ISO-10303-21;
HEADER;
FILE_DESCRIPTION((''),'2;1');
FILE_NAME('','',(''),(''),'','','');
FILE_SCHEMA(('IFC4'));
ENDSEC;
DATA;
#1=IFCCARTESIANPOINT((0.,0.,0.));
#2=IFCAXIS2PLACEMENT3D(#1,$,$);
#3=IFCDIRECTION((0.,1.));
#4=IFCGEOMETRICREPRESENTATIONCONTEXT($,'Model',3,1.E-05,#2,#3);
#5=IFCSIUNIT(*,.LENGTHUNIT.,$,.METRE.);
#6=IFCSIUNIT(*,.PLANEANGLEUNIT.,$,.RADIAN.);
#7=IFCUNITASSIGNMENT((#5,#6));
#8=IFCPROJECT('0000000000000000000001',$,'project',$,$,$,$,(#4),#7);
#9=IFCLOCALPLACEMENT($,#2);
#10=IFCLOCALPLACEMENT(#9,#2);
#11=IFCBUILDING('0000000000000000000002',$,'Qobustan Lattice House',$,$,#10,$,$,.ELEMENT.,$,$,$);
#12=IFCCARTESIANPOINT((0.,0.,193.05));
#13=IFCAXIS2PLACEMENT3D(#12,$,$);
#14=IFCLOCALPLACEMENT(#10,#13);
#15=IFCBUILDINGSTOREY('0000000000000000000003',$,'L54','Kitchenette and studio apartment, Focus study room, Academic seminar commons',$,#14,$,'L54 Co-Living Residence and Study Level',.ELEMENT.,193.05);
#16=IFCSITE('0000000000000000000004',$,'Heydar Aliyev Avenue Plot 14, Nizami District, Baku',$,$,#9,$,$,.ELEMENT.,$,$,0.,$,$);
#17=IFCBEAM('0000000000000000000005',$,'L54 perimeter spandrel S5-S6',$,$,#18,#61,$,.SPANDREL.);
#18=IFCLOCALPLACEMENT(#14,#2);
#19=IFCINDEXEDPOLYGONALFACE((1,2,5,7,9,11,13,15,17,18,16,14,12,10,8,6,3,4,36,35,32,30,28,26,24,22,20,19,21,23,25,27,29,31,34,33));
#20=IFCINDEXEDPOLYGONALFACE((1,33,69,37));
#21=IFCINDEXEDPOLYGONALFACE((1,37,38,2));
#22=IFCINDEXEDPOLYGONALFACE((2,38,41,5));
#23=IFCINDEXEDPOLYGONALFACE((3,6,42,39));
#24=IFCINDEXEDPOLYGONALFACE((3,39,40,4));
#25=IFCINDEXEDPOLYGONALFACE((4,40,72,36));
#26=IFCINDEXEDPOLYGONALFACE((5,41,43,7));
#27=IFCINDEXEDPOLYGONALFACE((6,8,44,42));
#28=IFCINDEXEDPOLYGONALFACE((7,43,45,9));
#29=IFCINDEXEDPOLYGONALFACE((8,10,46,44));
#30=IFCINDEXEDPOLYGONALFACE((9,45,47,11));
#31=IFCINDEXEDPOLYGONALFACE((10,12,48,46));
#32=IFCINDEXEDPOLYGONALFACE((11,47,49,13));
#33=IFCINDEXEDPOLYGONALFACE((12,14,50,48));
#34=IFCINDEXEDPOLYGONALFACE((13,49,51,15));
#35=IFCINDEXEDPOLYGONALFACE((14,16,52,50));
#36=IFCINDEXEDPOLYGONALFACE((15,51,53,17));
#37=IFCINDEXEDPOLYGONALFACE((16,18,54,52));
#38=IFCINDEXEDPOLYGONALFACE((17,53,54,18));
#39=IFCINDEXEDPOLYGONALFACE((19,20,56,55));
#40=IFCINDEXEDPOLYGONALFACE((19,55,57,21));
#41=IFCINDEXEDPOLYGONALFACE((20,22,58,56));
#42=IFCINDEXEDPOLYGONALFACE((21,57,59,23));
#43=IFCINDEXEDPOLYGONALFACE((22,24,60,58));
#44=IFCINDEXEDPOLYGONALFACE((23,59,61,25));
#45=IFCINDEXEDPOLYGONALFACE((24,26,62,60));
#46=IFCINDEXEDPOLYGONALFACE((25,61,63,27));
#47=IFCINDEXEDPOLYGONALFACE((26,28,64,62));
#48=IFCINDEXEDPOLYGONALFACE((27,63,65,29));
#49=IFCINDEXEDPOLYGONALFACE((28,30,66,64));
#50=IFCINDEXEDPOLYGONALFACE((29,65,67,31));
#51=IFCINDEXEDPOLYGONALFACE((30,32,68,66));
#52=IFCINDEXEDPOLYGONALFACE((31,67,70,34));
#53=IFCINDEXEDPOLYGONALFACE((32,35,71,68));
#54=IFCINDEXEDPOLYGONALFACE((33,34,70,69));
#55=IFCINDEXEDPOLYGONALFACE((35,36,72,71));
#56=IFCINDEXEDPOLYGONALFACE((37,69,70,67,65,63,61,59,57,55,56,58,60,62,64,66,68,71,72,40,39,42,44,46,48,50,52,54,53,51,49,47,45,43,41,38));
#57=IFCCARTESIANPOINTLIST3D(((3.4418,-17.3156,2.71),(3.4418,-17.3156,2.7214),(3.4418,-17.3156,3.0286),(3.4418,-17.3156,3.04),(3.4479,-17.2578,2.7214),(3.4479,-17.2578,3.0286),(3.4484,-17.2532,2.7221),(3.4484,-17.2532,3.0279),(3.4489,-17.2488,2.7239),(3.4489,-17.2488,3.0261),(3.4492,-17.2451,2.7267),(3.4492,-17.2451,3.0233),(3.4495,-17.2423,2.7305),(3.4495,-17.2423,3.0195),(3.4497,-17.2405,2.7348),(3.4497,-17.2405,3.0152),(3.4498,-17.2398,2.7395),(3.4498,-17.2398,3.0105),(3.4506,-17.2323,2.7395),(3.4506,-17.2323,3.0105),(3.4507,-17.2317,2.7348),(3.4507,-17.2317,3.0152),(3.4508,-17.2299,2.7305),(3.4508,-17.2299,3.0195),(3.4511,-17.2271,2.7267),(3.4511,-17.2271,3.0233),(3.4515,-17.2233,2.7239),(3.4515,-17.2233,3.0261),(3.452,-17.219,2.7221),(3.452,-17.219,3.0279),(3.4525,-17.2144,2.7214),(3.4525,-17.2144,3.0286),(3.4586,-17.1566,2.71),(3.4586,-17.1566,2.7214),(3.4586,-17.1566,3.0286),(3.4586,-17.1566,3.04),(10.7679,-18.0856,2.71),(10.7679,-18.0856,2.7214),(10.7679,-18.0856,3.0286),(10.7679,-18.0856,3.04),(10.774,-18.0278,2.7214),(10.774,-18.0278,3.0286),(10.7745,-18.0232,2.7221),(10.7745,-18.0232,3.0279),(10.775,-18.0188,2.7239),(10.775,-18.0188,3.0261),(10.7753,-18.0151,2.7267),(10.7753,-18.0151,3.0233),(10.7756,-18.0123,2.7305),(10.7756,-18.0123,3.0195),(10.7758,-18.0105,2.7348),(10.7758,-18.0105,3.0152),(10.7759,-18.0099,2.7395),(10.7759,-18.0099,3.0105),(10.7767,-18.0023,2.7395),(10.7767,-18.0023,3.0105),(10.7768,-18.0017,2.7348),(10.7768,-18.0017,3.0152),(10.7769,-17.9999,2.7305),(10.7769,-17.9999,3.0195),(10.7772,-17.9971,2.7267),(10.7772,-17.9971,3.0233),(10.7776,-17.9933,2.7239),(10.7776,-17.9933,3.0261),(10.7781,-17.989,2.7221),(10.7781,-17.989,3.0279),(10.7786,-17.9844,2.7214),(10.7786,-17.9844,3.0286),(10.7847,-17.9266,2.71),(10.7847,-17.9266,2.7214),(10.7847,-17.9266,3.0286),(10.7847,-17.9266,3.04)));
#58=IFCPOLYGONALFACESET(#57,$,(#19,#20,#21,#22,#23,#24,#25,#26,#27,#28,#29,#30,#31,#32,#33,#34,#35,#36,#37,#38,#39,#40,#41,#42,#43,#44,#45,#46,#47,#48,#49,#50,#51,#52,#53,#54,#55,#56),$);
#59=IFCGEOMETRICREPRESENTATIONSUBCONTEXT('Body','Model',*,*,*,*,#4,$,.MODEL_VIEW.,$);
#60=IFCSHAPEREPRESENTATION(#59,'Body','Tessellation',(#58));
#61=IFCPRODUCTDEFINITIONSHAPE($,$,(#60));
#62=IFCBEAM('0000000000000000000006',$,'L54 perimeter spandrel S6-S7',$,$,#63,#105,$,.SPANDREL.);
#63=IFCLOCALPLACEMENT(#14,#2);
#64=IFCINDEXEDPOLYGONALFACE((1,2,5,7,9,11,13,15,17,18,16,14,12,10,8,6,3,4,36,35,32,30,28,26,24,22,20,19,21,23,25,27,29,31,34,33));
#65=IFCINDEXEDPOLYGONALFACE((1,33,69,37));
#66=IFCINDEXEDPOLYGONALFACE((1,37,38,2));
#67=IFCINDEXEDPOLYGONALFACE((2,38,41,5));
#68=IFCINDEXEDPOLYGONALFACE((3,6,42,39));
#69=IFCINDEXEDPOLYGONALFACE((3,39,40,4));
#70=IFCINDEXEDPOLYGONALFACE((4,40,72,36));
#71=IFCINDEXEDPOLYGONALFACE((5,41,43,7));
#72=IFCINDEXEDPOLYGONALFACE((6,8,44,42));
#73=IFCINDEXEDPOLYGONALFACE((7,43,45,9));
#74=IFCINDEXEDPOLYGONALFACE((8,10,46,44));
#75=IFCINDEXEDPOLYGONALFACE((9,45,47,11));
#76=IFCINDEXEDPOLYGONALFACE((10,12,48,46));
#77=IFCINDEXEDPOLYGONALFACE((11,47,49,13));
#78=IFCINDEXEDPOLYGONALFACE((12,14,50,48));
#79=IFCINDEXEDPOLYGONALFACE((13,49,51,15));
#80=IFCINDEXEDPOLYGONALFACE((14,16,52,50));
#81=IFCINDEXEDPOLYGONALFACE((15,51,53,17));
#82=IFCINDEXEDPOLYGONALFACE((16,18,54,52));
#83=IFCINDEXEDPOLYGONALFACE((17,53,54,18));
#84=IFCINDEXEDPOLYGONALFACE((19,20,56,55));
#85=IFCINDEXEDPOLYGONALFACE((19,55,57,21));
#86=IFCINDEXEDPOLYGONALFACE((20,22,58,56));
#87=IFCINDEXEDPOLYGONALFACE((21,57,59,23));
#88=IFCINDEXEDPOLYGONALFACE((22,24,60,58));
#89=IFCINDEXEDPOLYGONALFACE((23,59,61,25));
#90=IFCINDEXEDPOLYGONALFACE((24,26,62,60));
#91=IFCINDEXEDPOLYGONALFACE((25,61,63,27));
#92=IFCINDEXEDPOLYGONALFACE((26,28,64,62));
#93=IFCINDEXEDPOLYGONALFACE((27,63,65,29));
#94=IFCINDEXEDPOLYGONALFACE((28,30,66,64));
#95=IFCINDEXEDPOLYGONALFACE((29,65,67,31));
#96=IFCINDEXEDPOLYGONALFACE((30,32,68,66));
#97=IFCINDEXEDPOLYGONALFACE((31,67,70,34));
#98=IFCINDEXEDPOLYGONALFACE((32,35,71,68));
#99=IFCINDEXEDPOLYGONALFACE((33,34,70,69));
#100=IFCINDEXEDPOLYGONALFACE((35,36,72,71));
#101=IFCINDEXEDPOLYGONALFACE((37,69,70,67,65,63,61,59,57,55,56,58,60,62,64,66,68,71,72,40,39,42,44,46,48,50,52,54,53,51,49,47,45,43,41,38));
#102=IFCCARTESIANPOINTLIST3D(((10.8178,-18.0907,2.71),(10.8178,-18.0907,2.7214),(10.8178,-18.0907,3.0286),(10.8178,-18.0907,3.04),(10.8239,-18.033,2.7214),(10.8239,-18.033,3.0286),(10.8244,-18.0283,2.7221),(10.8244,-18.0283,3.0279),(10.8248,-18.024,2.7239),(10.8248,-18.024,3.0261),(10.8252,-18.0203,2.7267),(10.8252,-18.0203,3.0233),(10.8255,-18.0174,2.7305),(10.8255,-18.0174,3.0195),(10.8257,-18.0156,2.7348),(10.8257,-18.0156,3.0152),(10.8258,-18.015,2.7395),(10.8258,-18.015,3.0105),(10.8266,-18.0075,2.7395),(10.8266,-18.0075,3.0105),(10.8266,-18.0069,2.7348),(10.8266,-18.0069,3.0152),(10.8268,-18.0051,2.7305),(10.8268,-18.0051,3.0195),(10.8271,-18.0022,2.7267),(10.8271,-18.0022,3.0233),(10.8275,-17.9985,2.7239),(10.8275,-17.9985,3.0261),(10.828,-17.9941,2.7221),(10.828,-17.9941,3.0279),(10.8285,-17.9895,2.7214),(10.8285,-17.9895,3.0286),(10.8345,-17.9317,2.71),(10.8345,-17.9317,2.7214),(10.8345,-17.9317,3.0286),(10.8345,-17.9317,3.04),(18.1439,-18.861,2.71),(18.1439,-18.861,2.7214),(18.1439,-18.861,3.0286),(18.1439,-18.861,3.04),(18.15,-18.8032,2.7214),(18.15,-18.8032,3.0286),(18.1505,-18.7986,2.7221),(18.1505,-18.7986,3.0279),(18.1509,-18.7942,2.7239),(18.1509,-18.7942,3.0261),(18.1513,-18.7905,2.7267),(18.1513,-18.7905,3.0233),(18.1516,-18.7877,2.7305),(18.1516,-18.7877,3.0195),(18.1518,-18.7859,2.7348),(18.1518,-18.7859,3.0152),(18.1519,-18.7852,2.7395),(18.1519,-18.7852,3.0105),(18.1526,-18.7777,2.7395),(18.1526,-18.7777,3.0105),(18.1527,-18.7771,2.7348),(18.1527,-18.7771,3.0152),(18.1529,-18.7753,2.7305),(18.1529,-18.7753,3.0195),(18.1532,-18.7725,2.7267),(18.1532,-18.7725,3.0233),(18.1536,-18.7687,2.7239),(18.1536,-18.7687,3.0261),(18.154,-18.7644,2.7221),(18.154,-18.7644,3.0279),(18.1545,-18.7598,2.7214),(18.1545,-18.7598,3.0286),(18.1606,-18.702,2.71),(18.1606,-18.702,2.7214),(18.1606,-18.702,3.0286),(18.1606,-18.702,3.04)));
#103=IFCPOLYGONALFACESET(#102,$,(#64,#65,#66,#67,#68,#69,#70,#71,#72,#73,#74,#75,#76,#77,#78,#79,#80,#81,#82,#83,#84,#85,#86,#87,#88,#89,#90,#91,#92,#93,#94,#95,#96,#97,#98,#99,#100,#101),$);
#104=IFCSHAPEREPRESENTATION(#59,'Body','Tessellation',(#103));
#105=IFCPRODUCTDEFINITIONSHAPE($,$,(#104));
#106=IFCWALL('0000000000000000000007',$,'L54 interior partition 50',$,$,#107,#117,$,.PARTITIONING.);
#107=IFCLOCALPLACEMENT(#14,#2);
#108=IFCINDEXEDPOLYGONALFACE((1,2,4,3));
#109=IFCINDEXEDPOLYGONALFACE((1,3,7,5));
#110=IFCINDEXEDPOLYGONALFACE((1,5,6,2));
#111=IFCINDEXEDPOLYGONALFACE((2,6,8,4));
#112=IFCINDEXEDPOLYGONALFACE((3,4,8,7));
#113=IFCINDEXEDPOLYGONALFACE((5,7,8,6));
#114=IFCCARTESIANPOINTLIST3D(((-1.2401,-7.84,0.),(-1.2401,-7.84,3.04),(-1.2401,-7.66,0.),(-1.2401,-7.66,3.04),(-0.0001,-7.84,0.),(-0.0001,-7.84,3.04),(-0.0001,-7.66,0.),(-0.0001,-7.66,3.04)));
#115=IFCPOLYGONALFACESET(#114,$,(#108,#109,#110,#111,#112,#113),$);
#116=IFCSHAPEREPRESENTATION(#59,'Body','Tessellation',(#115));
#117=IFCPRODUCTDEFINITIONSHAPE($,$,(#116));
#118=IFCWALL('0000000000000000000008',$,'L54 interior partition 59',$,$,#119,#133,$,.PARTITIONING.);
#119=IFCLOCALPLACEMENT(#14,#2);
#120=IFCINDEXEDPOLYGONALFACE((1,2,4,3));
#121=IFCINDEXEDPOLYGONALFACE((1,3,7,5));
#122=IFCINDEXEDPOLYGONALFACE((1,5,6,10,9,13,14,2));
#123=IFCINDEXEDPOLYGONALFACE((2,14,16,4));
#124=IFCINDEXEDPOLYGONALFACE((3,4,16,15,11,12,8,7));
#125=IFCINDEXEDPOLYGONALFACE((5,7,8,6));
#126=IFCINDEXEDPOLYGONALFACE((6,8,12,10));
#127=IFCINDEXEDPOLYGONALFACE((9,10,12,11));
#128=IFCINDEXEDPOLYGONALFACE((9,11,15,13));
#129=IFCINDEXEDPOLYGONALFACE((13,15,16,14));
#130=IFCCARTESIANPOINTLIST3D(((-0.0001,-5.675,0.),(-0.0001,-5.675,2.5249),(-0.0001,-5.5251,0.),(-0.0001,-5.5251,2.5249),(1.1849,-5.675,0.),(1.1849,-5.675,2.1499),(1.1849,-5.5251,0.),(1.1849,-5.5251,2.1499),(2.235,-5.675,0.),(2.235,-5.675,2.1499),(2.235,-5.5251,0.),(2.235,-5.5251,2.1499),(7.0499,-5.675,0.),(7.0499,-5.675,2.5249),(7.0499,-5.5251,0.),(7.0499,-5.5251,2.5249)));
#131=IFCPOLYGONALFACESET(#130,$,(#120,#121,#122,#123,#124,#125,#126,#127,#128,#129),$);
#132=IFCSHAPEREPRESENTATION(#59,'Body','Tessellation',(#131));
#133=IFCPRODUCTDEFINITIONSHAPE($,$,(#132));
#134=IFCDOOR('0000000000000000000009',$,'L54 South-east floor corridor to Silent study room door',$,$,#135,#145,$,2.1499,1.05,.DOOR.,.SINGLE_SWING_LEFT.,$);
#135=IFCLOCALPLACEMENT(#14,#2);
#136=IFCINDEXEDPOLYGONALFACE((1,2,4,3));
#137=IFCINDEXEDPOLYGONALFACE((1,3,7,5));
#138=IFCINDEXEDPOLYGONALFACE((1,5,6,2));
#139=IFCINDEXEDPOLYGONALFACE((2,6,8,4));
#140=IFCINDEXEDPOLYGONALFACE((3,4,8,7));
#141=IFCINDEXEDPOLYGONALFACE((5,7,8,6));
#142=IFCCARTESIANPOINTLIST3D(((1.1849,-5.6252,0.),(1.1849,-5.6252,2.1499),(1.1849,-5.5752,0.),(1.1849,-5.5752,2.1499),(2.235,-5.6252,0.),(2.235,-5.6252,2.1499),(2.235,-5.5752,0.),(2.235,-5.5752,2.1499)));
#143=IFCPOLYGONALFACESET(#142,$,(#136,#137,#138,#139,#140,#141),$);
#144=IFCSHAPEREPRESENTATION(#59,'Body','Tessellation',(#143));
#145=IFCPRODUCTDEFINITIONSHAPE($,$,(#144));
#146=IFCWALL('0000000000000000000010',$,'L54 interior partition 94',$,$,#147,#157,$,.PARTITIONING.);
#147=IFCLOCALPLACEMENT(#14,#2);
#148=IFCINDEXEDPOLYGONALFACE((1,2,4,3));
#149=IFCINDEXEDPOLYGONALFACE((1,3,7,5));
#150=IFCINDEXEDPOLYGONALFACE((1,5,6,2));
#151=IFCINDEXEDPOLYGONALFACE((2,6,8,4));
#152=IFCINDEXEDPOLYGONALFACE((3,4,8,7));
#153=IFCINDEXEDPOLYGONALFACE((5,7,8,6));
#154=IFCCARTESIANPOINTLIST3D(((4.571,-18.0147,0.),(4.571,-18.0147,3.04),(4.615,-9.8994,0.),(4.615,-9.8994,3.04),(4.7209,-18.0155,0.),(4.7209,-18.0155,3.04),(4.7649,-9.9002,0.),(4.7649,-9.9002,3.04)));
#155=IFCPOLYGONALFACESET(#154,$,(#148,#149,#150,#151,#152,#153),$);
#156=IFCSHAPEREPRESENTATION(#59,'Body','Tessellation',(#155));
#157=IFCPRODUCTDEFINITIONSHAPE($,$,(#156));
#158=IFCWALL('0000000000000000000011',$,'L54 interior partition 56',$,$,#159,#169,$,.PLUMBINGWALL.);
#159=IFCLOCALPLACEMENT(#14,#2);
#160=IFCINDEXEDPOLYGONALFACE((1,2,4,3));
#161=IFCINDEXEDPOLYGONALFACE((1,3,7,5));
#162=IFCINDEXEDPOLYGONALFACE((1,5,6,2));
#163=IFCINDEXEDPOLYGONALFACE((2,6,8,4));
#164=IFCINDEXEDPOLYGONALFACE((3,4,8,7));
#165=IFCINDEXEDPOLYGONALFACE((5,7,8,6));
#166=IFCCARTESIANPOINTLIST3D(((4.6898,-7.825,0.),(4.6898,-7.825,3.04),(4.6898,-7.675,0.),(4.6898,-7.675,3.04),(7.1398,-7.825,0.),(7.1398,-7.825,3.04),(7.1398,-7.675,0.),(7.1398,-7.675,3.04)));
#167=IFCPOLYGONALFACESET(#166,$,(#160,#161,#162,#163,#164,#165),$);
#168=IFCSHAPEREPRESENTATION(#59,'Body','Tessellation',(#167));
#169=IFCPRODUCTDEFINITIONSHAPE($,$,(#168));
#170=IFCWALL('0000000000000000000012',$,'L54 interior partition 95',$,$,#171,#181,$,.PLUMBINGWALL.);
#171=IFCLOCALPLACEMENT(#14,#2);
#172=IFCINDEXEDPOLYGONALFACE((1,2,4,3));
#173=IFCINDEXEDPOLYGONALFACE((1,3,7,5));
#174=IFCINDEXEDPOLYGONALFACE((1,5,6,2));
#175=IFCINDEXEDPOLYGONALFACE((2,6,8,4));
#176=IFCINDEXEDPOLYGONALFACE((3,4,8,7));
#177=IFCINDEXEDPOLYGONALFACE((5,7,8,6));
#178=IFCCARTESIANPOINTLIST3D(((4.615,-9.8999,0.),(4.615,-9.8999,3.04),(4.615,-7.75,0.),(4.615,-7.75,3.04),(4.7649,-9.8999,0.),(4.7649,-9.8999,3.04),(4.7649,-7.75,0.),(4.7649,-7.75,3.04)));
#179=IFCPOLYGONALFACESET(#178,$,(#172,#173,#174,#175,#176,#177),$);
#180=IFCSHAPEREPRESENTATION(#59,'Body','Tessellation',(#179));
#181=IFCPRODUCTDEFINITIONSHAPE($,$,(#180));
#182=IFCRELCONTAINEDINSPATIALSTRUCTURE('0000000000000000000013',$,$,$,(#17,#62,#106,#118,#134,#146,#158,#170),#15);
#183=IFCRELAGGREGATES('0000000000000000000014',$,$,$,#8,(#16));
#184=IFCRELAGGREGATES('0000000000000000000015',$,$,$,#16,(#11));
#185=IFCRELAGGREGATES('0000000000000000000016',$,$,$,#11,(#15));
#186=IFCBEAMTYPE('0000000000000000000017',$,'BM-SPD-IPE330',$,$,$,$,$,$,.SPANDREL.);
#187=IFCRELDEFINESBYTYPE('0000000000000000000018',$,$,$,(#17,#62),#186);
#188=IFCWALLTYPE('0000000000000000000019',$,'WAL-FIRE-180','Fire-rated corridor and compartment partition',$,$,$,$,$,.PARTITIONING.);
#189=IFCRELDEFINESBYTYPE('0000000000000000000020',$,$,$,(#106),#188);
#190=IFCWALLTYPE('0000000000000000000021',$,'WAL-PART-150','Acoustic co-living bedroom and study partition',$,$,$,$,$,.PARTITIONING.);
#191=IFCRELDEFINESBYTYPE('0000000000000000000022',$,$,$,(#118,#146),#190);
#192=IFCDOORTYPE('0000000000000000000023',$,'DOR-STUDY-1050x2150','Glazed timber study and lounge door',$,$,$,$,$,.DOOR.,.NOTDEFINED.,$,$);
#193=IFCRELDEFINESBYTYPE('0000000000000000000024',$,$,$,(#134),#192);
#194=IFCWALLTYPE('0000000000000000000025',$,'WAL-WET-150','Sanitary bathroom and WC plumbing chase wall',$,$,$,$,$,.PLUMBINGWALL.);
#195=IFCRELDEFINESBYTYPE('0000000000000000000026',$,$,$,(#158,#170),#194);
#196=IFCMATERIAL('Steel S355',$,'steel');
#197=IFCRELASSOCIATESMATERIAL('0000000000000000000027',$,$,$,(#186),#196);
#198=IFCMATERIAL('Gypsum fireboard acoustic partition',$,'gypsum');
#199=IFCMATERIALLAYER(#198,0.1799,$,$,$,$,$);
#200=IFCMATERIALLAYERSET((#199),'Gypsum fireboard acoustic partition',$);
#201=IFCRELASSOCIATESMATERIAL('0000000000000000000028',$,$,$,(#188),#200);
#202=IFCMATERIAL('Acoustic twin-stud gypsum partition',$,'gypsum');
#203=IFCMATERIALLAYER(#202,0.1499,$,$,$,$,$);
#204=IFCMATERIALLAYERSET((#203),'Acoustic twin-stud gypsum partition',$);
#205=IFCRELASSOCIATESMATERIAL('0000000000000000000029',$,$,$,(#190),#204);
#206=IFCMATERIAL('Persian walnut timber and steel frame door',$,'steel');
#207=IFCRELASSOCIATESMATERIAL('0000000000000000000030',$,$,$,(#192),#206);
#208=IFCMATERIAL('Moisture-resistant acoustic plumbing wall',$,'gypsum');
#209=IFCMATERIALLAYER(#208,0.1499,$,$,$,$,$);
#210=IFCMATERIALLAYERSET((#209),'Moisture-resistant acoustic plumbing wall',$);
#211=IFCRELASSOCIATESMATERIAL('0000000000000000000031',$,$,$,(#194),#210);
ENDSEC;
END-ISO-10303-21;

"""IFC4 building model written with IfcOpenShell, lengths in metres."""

from ifc_helpers import new_model, si_unit, direction, frame, frame_2d, origin, origin_2d, place, context, subcontext, project, spatial, rectangle, i_section, extrude, material, layer, layer_set, material_profile, profile_set, type_object, element, fill, save


model = new_model("IFC4")

# Units and contexts
model_context = context("Model", 3, precision=1e-05, world=origin(), true_north=direction((0.0, 1.0)))
body_context = subcontext(model_context, "Body", "Model", "MODEL_VIEW")
ifc_project = project(units=[si_unit("LENGTHUNIT", "METRE"), si_unit("PLANEANGLEUNIT", "RADIAN")], contexts=[model_context])

# Site, building, storey
site_placement = place(None, origin())
site = spatial("IfcSite", under=ifc_project, at=site_placement, Name="Heydar Aliyev Avenue Plot 14, Nizami District, Baku", CompositionType="ELEMENT", RefElevation=0.0)
building_placement = place(site_placement, origin())
building = spatial("IfcBuilding", under=site, at=building_placement, Name="Qobustan Lattice House", CompositionType="ELEMENT")
storey_placement = place(building_placement, frame((0.0, 0.0, 193.05)))
storey = spatial("IfcBuildingStorey", under=building, at=storey_placement, Name="L54", Description="Kitchenette and studio apartment, Focus study room, Academic seminar commons", LongName="L54 Co-Living Residence and Study Level", CompositionType="ELEMENT", Elevation=193.05)

# Beams
ifc_material_1 = material(Name="Steel S355", Category="steel")
ifc_material_profile_1 = material_profile(ifc_material_1, i_section(OverallWidth=0.1599, OverallDepth=0.3301, WebThickness=0.0076, FlangeThickness=0.0115, FilletRadius=0.0181, at=origin_2d()), Name="IPE330")
ifc_profile_set_1 = profile_set([ifc_material_profile_1], Name="Steel S355")
beam_type_1 = type_object("IfcBeamType", Name="BM-SPD-IPE330", PredefinedType="SPANDREL", material=ifc_profile_set_1)
for number, where, z_axis, x_axis, name in (
    (1, (3.4502, -17.2361, 2.875), (0.994522, -0.10453, 0.0), (0.10453, 0.994522, 0.0), "L54 perimeter spandrel S5-S6"),
    (2, (10.8262, -18.0112, 2.875), (0.994518, -0.104562, 0.0), (0.104562, 0.994518, 0.0), "L54 perimeter spandrel S6-S7"),
):
    element("IfcBeam", number, at=place(storey_placement, frame(where, z_axis=z_axis, x_axis=x_axis)), inside=storey, type_object=beam_type_1, Name=name, PredefinedType="SPANDREL", context=body_context, shape_type="SweptSolid", body=[
        extrude(i_section(OverallWidth=0.1599, OverallDepth=0.3301, WebThickness=0.0076, FlangeThickness=0.0115, FilletRadius=0.0181, at=origin_2d()), origin(), (0.0, 0.0, 1.0), 7.3665),
    ])

# Wall
ifc_material_2 = material(Name="Gypsum fireboard acoustic partition", Category="gypsum")
ifc_layer_1 = layer(ifc_material_2, 0.1799)
ifc_layer_set_1 = layer_set([ifc_layer_1], Name="Gypsum fireboard acoustic partition")
wall_type_1 = type_object("IfcWallType", Name="WAL-FIRE-180", Description="Fire-rated corridor and compartment partition", PredefinedType="PARTITIONING", material=ifc_layer_set_1)
wall_1_placement = place(storey_placement, frame((0.0, -7.75, 0.0), z_axis=(0.0, 0.0, 1.0), x_axis=(-1.0, 0.0, 0.0)))
element("IfcWall", 3, at=wall_1_placement, inside=storey, type_object=wall_type_1, Name="L54 interior partition 50", PredefinedType="PARTITIONING", context=body_context, shape_type="SweptSolid", body=[
    extrude(rectangle(XDim=1.24, YDim=0.1799, at=frame_2d((0.6201, 0.0))), origin(), (0.0, 0.0, 1.0), 3.04),
])

# Wall, opening, door
ifc_material_3 = material(Name="Acoustic twin-stud gypsum partition", Category="gypsum")
ifc_layer_2 = layer(ifc_material_3, 0.1499)
ifc_layer_set_2 = layer_set([ifc_layer_2], Name="Acoustic twin-stud gypsum partition")
wall_type_2 = type_object("IfcWallType", Name="WAL-PART-150", Description="Acoustic co-living bedroom and study partition", PredefinedType="PARTITIONING", material=ifc_layer_set_2)
wall_2_placement = place(storey_placement, frame((0.0, -5.6001, 0.0), z_axis=(0.0, 0.0, 1.0), x_axis=(1.0, 0.0, 0.0)))
wall_2 = element("IfcWall", 4, at=wall_2_placement, inside=storey, type_object=wall_type_2, Name="L54 interior partition 59", PredefinedType="PARTITIONING", context=body_context, shape_type="SweptSolid", body=[
    extrude(rectangle(XDim=7.05, YDim=0.1499, at=frame_2d((3.5249, 0.0))), origin(), (0.0, 0.0, 1.0), 2.5249),
])
opening_1_placement = place(wall_2_placement, frame((1.1851, 0.0, 0.0)))
opening_1 = element("IfcOpeningElement", 5, at=opening_1_placement, cuts=wall_2, PredefinedType="OPENING", context=body_context, shape_type="SweptSolid", body=[
    extrude(rectangle(XDim=1.05, YDim=2.1499, at=frame_2d((0.5249, 1.075))), frame((0.0, 0.085, 0.0), z_axis=(0.0, -1.0, 0.0), x_axis=(1.0, 0.0, 0.0)), (0.0, 0.0, 1.0), 0.1699),
])
ifc_material_4 = material(Name="Persian walnut timber and steel frame door", Category="steel")
door_type_1 = type_object("IfcDoorType", Name="DOR-STUDY-1050x2150", Description="Glazed timber study and lounge door", OperationType="NOTDEFINED", PredefinedType="DOOR", material=ifc_material_4)
door_1_placement = place(opening_1_placement, origin())
door_1 = element("IfcDoor", 6, at=door_1_placement, inside=storey, type_object=door_type_1, Name="L54 South-east floor corridor to Silent study room door", OperationType="SINGLE_SWING_LEFT", OverallHeight=2.1499, OverallWidth=1.05, PredefinedType="DOOR", context=body_context, shape_type="SweptSolid", body=[
    extrude(rectangle(XDim=1.05, YDim=2.1499, at=frame_2d((0.5249, 1.075))), frame((0.0, 0.0249, 0.0), z_axis=(0.0, -1.0, 0.0), x_axis=(1.0, 0.0, 0.0)), (0.0, 0.0, 1.0), 0.05),
])
fill(opening_1, door_1)

# Walls
wall_3_placement = place(storey_placement, frame((4.6899, -9.8999, 0.0), z_axis=(0.0, 0.0, 1.0), x_axis=(-0.005415, -0.999985, 0.0)))
element("IfcWall", 7, at=wall_3_placement, inside=storey, type_object=wall_type_2, Name="L54 interior partition 94", PredefinedType="PARTITIONING", context=body_context, shape_type="SweptSolid", body=[
    extrude(rectangle(XDim=8.1155, YDim=0.1499, at=frame_2d((4.0576, 0.0))), origin(), (0.0, 0.0, 1.0), 3.04),
])
ifc_material_5 = material(Name="Moisture-resistant acoustic plumbing wall", Category="gypsum")
ifc_layer_3 = layer(ifc_material_5, 0.1499)
ifc_layer_set_3 = layer_set([ifc_layer_3], Name="Moisture-resistant acoustic plumbing wall")
wall_type_3 = type_object("IfcWallType", Name="WAL-WET-150", Description="Sanitary bathroom and WC plumbing chase wall", PredefinedType="PLUMBINGWALL", material=ifc_layer_set_3)
wall_4_placement = place(storey_placement, frame((7.1399, -7.75, 0.0), z_axis=(0.0, 0.0, 1.0), x_axis=(-1.0, 0.0, 0.0)))
element("IfcWall", 8, at=wall_4_placement, inside=storey, type_object=wall_type_3, Name="L54 interior partition 56", PredefinedType="PLUMBINGWALL", context=body_context, shape_type="SweptSolid", body=[
    extrude(rectangle(XDim=2.45, YDim=0.1499, at=frame_2d((1.2251, 0.0))), origin(), (0.0, 0.0, 1.0), 3.04),
])
wall_5_placement = place(storey_placement, frame((4.6899, -7.75, 0.0), z_axis=(0.0, 0.0, 1.0), x_axis=(0.0, -1.0, 0.0)))
element("IfcWall", 9, at=wall_5_placement, inside=storey, type_object=wall_type_3, Name="L54 interior partition 95", PredefinedType="PLUMBINGWALL", context=body_context, shape_type="SweptSolid", body=[
    extrude(rectangle(XDim=2.1499, YDim=0.1499, at=frame_2d((1.075, 0.0))), origin(), (0.0, 0.0, 1.0), 3.04),
])

save(model, "model.ifc")
